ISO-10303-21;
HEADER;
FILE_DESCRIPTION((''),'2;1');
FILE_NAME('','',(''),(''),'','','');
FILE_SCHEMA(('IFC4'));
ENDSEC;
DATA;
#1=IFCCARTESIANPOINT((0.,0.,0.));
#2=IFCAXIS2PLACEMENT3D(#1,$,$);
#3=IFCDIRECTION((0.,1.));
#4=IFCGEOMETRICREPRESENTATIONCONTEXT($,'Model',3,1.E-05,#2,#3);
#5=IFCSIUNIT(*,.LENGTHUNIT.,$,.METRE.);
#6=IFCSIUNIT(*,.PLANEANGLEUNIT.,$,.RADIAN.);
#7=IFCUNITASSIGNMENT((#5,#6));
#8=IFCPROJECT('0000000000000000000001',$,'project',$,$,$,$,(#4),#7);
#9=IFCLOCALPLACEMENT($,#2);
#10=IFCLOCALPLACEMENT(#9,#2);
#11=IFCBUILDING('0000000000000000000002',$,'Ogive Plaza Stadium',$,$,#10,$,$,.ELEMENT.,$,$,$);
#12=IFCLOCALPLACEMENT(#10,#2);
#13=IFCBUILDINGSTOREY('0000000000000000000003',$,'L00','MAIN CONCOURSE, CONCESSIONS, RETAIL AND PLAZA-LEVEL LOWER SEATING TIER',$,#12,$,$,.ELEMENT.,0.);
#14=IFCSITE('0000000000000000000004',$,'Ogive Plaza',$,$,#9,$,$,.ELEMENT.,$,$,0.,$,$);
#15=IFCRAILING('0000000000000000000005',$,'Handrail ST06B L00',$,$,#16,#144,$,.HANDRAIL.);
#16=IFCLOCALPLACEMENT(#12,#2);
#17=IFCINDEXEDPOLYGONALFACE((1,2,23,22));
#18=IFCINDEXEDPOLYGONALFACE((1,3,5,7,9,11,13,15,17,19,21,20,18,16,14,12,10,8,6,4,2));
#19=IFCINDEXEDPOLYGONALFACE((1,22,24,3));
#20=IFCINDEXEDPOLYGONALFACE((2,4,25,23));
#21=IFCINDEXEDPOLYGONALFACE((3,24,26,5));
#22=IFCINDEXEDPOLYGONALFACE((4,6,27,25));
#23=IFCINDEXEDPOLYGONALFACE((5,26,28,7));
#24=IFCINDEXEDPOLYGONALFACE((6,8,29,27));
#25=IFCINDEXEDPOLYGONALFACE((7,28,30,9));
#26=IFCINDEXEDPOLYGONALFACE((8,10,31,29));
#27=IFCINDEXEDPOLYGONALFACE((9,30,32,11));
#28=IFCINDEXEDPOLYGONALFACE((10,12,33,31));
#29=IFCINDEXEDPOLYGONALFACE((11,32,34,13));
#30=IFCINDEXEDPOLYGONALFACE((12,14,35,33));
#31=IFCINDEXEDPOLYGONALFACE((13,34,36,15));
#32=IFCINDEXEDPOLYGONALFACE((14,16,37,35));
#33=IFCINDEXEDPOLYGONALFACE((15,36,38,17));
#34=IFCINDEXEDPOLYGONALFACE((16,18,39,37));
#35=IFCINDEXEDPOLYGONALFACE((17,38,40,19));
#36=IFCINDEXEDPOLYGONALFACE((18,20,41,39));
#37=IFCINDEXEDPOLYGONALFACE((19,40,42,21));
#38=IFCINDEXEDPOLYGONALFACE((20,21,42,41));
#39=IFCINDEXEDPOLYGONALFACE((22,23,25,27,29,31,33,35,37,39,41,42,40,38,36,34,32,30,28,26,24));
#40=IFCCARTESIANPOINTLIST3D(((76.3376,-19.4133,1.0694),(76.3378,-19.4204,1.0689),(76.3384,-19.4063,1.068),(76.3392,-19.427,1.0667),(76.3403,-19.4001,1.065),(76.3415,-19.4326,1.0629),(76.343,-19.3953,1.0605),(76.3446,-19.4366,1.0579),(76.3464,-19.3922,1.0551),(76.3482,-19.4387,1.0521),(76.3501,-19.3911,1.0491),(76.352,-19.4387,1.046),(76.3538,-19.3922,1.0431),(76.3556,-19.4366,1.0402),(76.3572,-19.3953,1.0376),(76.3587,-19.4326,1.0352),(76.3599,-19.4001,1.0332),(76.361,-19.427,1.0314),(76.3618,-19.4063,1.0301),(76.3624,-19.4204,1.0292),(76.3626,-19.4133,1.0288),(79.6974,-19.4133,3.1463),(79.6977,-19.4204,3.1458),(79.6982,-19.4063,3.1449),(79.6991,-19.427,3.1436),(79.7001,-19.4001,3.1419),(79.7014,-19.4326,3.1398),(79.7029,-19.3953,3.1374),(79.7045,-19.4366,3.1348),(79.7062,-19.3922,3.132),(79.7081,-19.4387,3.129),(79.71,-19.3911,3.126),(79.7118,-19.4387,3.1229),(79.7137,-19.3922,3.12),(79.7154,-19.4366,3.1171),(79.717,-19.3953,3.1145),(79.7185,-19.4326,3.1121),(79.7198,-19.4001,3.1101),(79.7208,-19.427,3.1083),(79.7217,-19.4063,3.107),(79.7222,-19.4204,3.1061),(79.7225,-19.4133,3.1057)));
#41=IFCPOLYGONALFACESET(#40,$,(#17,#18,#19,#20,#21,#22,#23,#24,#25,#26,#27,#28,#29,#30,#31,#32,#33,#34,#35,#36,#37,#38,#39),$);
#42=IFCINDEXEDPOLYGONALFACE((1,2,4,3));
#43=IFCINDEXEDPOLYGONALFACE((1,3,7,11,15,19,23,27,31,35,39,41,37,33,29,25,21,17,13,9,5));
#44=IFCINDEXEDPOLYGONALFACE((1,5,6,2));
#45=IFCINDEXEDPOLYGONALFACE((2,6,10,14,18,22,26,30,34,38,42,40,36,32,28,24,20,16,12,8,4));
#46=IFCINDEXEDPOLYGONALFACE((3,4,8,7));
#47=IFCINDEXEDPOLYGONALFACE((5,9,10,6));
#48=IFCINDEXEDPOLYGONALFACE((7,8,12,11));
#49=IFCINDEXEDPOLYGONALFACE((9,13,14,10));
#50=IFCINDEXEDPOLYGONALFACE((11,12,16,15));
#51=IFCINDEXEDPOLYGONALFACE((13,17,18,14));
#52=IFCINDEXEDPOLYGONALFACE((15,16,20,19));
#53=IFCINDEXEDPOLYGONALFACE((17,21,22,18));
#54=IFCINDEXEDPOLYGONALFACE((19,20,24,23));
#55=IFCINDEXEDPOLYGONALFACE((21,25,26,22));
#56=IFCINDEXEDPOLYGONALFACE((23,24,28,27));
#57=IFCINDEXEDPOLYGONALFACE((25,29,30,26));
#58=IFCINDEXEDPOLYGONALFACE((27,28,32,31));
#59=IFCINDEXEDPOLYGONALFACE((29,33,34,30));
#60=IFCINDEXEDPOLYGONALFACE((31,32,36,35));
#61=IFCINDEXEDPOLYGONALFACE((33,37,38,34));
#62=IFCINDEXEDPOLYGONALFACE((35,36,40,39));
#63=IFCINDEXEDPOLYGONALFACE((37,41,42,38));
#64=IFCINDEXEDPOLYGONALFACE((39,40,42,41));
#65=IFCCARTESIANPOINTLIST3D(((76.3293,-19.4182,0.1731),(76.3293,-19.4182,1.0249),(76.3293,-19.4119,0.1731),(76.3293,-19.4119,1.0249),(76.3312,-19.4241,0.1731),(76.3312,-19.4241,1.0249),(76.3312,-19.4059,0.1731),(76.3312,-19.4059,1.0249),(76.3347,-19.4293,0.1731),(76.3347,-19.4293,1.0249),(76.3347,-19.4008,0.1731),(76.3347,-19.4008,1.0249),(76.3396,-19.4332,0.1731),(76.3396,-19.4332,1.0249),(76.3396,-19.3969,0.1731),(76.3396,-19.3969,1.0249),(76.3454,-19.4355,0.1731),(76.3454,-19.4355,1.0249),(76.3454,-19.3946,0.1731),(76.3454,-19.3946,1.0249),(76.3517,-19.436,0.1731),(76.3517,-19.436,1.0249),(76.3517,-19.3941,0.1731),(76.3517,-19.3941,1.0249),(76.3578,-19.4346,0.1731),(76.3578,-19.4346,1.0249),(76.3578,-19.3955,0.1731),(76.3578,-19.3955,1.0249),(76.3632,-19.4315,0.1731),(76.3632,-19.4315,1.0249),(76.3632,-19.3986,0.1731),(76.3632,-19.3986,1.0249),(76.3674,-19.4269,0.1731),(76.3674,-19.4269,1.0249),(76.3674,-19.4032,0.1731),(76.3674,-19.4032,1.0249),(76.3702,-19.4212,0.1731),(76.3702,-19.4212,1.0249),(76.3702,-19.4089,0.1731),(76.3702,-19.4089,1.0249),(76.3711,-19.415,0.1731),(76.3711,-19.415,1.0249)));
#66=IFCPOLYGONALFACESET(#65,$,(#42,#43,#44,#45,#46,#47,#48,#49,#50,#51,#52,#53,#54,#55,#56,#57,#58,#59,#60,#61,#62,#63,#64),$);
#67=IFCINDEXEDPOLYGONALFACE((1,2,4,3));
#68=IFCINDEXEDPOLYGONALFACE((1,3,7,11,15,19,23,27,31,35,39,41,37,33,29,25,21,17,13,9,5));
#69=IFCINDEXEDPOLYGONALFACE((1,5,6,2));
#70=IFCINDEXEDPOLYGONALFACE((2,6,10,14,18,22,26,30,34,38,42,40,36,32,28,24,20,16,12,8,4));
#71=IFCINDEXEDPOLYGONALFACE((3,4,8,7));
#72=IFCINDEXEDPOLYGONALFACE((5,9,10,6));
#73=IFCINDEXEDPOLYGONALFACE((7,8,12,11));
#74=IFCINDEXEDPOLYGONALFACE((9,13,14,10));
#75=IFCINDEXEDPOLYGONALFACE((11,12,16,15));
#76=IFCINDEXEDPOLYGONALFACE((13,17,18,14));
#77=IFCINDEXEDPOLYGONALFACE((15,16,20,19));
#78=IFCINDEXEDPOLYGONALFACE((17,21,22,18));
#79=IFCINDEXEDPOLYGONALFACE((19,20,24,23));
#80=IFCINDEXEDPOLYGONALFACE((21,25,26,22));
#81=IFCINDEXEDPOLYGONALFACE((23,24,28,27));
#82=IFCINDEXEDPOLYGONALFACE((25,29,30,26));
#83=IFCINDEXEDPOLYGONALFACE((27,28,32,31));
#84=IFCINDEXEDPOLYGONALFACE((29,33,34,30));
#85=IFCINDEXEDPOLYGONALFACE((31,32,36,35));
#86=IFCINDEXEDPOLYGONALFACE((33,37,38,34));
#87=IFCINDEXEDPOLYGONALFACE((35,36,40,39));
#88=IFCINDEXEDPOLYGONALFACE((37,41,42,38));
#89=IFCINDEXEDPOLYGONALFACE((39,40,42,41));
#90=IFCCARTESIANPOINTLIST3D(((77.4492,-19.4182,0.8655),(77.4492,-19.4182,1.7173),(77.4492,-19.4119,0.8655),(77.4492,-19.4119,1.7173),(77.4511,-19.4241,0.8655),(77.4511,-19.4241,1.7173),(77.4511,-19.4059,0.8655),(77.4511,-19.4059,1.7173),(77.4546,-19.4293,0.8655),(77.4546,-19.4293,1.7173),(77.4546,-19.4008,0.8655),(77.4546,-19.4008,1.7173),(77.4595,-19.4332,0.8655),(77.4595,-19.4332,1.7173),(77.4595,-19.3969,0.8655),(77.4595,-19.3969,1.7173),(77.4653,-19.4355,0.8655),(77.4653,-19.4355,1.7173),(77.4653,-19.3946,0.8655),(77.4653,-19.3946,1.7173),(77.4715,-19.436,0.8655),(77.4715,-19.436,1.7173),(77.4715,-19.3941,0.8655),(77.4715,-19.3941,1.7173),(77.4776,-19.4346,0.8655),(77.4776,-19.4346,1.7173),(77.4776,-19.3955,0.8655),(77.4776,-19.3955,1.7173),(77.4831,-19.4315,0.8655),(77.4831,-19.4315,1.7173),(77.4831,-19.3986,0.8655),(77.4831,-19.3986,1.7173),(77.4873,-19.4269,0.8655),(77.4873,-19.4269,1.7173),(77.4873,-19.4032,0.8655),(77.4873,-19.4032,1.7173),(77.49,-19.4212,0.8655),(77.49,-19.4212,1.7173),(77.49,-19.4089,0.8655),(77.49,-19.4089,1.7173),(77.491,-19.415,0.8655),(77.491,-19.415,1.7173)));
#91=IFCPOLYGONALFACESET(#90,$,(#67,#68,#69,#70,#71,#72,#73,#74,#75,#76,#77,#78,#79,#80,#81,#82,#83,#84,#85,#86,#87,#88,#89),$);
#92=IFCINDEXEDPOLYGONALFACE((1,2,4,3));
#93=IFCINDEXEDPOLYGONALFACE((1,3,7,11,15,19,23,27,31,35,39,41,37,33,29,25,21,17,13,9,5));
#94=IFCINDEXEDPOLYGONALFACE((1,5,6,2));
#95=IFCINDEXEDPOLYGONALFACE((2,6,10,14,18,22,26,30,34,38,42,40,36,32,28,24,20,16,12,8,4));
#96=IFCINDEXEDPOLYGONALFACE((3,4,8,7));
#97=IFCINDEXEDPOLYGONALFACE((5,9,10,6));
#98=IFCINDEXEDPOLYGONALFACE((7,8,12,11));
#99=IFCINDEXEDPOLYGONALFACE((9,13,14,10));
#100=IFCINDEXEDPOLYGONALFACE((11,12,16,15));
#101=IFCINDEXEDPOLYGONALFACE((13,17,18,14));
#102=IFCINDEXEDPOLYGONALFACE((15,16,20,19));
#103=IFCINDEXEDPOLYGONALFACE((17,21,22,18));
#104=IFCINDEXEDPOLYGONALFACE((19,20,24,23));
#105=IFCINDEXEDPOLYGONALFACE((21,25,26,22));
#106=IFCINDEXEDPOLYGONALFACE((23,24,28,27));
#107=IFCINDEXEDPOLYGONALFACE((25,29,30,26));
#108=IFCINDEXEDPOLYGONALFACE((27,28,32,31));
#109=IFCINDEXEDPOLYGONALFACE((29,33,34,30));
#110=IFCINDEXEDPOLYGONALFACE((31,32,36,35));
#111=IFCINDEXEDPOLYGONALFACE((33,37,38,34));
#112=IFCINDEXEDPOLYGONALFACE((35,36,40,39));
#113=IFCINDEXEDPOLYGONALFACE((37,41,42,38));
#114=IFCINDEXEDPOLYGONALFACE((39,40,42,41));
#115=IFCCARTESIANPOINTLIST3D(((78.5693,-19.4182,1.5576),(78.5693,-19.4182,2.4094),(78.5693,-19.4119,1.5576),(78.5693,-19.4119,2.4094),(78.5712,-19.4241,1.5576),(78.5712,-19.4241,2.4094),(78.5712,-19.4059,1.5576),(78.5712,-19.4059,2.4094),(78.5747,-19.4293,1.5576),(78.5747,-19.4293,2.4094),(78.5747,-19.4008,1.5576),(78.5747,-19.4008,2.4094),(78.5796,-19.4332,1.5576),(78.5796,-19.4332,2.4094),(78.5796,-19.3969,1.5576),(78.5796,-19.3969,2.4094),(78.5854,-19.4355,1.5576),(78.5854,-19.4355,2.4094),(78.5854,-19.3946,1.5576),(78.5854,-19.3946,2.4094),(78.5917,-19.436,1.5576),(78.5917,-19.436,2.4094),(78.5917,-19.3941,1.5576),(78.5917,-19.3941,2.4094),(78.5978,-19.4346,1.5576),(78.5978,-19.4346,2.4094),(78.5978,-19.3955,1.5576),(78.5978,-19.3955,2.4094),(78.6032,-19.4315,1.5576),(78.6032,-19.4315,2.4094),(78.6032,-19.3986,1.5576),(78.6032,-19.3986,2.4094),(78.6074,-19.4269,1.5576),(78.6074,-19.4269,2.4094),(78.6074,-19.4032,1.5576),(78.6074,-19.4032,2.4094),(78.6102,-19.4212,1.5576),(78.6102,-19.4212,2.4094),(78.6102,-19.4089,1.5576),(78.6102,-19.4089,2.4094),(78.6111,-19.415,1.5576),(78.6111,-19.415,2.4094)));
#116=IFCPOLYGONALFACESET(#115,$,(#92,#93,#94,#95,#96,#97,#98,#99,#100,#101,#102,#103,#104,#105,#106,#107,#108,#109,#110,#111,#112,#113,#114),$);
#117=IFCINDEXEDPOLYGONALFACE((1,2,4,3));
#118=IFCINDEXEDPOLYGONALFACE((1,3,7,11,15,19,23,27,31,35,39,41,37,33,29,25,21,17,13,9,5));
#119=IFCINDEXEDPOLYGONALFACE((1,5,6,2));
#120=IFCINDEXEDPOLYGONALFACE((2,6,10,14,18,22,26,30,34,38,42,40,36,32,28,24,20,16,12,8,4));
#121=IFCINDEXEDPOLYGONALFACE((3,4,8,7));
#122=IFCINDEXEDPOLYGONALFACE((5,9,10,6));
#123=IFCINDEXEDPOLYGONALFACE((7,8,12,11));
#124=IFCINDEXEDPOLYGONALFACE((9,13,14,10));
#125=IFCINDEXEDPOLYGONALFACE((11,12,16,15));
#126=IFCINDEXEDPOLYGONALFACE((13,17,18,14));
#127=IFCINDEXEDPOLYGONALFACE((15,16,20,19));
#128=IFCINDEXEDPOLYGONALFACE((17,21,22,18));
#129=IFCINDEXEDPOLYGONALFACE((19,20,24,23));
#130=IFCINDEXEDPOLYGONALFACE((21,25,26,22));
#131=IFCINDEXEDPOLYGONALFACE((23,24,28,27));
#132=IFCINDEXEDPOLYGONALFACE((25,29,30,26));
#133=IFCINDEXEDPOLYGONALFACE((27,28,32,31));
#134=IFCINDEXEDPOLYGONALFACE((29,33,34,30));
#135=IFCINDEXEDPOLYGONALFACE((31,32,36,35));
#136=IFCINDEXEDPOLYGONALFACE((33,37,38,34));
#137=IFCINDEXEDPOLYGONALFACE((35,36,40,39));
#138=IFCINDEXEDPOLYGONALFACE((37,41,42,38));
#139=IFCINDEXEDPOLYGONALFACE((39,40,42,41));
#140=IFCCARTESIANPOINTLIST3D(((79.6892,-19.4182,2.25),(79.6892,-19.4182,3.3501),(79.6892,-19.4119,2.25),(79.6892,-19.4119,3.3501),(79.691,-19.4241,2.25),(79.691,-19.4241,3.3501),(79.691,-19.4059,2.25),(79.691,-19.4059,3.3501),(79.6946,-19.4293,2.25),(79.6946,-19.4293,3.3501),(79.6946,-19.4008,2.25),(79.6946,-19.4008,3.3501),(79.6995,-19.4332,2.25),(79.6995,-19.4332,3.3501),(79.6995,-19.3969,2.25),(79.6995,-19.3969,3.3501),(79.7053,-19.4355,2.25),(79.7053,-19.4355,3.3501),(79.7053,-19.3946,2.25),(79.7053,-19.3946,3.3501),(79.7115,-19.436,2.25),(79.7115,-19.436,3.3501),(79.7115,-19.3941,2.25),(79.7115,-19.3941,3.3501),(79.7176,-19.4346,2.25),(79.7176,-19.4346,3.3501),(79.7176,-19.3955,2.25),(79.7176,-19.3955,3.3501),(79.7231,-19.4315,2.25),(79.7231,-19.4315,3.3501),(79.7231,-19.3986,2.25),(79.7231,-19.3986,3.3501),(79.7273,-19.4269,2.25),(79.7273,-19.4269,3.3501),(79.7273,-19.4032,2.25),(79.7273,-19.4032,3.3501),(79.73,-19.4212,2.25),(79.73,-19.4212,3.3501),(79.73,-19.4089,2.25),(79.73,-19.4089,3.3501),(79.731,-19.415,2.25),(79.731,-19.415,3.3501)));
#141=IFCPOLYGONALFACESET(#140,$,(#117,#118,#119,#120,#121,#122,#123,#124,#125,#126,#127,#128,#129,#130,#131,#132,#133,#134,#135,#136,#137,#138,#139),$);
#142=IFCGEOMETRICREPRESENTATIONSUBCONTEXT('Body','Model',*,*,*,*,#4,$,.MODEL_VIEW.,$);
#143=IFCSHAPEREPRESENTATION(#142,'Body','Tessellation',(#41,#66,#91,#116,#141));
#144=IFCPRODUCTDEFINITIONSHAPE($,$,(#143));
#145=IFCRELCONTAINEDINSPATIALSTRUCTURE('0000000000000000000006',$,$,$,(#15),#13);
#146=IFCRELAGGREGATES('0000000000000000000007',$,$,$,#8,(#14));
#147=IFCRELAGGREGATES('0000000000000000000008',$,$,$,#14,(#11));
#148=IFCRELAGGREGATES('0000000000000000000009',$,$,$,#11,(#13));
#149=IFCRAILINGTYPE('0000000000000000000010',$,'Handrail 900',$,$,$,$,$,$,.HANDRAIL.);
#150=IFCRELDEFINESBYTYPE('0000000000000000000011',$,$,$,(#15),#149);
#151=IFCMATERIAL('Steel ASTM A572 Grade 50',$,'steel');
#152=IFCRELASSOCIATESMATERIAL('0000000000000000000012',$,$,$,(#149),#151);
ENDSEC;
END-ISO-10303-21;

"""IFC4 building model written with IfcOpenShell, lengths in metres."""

from ifc_helpers import new_model, si_unit, direction, frame, origin, origin_2d, place, context, subcontext, project, spatial, circle, extrude, material, type_object, element, save


model = new_model("IFC4")

# Units and contexts
model_context = context("Model", 3, precision=1e-05, world=origin(), true_north=direction((0.0, 1.0)))
body_context = subcontext(model_context, "Body", "Model", "MODEL_VIEW")
ifc_project = project(units=[si_unit("LENGTHUNIT", "METRE"), si_unit("PLANEANGLEUNIT", "RADIAN")], contexts=[model_context])

# Site, building, storey
site_placement = place(None, origin())
site = spatial("IfcSite", under=ifc_project, at=site_placement, Name="Ogive Plaza", CompositionType="ELEMENT", RefElevation=0.0)
building_placement = place(site_placement, origin())
building = spatial("IfcBuilding", under=site, at=building_placement, Name="Ogive Plaza Stadium", CompositionType="ELEMENT")
storey_placement = place(building_placement, origin())
storey = spatial("IfcBuildingStorey", under=building, at=storey_placement, Name="L00", Description="MAIN CONCOURSE, CONCESSIONS, RETAIL AND PLAZA-LEVEL LOWER SEATING TIER", CompositionType="ELEMENT", Elevation=0.0)

# Railing
ifc_material_1 = material(Name="Steel ASTM A572 Grade 50", Category="steel")
railing_type_1 = type_object("IfcRailingType", Name="Handrail 900", PredefinedType="HANDRAIL", material=ifc_material_1)
railing_1_placement = place(storey_placement, frame((76.3501, -19.415, 0.1731)))
element("IfcRailing", 1, at=railing_1_placement, inside=storey, type_object=railing_type_1, Name="Handrail ST06B L00", PredefinedType="HANDRAIL", context=body_context, shape_type="SweptSolid", body=[
    extrude(circle(Radius=0.0239, at=origin_2d()), frame((0.0, 0.0, 0.876), z_axis=(0.850606, 0.0, 0.525803), x_axis=(0.0, 1.0, 0.0)), (0.0, 0.0, 1.0), 3.95),
    extrude(circle(Radius=0.021, at=origin_2d()), origin(), (0.0, 0.0, 1.0), 0.8518),
    extrude(circle(Radius=0.021, at=origin_2d()), frame((1.1199, 0.0, 0.6924)), (0.0, 0.0, 1.0), 0.8518),
    extrude(circle(Radius=0.021, at=origin_2d()), frame((2.24, 0.0, 1.3845)), (0.0, 0.0, 1.0), 0.8518),
    extrude(circle(Radius=0.021, at=origin_2d()), frame((3.3599, 0.0, 2.0769)), (0.0, 0.0, 1.0), 1.1001),
])

save(model, "model.ifc")
